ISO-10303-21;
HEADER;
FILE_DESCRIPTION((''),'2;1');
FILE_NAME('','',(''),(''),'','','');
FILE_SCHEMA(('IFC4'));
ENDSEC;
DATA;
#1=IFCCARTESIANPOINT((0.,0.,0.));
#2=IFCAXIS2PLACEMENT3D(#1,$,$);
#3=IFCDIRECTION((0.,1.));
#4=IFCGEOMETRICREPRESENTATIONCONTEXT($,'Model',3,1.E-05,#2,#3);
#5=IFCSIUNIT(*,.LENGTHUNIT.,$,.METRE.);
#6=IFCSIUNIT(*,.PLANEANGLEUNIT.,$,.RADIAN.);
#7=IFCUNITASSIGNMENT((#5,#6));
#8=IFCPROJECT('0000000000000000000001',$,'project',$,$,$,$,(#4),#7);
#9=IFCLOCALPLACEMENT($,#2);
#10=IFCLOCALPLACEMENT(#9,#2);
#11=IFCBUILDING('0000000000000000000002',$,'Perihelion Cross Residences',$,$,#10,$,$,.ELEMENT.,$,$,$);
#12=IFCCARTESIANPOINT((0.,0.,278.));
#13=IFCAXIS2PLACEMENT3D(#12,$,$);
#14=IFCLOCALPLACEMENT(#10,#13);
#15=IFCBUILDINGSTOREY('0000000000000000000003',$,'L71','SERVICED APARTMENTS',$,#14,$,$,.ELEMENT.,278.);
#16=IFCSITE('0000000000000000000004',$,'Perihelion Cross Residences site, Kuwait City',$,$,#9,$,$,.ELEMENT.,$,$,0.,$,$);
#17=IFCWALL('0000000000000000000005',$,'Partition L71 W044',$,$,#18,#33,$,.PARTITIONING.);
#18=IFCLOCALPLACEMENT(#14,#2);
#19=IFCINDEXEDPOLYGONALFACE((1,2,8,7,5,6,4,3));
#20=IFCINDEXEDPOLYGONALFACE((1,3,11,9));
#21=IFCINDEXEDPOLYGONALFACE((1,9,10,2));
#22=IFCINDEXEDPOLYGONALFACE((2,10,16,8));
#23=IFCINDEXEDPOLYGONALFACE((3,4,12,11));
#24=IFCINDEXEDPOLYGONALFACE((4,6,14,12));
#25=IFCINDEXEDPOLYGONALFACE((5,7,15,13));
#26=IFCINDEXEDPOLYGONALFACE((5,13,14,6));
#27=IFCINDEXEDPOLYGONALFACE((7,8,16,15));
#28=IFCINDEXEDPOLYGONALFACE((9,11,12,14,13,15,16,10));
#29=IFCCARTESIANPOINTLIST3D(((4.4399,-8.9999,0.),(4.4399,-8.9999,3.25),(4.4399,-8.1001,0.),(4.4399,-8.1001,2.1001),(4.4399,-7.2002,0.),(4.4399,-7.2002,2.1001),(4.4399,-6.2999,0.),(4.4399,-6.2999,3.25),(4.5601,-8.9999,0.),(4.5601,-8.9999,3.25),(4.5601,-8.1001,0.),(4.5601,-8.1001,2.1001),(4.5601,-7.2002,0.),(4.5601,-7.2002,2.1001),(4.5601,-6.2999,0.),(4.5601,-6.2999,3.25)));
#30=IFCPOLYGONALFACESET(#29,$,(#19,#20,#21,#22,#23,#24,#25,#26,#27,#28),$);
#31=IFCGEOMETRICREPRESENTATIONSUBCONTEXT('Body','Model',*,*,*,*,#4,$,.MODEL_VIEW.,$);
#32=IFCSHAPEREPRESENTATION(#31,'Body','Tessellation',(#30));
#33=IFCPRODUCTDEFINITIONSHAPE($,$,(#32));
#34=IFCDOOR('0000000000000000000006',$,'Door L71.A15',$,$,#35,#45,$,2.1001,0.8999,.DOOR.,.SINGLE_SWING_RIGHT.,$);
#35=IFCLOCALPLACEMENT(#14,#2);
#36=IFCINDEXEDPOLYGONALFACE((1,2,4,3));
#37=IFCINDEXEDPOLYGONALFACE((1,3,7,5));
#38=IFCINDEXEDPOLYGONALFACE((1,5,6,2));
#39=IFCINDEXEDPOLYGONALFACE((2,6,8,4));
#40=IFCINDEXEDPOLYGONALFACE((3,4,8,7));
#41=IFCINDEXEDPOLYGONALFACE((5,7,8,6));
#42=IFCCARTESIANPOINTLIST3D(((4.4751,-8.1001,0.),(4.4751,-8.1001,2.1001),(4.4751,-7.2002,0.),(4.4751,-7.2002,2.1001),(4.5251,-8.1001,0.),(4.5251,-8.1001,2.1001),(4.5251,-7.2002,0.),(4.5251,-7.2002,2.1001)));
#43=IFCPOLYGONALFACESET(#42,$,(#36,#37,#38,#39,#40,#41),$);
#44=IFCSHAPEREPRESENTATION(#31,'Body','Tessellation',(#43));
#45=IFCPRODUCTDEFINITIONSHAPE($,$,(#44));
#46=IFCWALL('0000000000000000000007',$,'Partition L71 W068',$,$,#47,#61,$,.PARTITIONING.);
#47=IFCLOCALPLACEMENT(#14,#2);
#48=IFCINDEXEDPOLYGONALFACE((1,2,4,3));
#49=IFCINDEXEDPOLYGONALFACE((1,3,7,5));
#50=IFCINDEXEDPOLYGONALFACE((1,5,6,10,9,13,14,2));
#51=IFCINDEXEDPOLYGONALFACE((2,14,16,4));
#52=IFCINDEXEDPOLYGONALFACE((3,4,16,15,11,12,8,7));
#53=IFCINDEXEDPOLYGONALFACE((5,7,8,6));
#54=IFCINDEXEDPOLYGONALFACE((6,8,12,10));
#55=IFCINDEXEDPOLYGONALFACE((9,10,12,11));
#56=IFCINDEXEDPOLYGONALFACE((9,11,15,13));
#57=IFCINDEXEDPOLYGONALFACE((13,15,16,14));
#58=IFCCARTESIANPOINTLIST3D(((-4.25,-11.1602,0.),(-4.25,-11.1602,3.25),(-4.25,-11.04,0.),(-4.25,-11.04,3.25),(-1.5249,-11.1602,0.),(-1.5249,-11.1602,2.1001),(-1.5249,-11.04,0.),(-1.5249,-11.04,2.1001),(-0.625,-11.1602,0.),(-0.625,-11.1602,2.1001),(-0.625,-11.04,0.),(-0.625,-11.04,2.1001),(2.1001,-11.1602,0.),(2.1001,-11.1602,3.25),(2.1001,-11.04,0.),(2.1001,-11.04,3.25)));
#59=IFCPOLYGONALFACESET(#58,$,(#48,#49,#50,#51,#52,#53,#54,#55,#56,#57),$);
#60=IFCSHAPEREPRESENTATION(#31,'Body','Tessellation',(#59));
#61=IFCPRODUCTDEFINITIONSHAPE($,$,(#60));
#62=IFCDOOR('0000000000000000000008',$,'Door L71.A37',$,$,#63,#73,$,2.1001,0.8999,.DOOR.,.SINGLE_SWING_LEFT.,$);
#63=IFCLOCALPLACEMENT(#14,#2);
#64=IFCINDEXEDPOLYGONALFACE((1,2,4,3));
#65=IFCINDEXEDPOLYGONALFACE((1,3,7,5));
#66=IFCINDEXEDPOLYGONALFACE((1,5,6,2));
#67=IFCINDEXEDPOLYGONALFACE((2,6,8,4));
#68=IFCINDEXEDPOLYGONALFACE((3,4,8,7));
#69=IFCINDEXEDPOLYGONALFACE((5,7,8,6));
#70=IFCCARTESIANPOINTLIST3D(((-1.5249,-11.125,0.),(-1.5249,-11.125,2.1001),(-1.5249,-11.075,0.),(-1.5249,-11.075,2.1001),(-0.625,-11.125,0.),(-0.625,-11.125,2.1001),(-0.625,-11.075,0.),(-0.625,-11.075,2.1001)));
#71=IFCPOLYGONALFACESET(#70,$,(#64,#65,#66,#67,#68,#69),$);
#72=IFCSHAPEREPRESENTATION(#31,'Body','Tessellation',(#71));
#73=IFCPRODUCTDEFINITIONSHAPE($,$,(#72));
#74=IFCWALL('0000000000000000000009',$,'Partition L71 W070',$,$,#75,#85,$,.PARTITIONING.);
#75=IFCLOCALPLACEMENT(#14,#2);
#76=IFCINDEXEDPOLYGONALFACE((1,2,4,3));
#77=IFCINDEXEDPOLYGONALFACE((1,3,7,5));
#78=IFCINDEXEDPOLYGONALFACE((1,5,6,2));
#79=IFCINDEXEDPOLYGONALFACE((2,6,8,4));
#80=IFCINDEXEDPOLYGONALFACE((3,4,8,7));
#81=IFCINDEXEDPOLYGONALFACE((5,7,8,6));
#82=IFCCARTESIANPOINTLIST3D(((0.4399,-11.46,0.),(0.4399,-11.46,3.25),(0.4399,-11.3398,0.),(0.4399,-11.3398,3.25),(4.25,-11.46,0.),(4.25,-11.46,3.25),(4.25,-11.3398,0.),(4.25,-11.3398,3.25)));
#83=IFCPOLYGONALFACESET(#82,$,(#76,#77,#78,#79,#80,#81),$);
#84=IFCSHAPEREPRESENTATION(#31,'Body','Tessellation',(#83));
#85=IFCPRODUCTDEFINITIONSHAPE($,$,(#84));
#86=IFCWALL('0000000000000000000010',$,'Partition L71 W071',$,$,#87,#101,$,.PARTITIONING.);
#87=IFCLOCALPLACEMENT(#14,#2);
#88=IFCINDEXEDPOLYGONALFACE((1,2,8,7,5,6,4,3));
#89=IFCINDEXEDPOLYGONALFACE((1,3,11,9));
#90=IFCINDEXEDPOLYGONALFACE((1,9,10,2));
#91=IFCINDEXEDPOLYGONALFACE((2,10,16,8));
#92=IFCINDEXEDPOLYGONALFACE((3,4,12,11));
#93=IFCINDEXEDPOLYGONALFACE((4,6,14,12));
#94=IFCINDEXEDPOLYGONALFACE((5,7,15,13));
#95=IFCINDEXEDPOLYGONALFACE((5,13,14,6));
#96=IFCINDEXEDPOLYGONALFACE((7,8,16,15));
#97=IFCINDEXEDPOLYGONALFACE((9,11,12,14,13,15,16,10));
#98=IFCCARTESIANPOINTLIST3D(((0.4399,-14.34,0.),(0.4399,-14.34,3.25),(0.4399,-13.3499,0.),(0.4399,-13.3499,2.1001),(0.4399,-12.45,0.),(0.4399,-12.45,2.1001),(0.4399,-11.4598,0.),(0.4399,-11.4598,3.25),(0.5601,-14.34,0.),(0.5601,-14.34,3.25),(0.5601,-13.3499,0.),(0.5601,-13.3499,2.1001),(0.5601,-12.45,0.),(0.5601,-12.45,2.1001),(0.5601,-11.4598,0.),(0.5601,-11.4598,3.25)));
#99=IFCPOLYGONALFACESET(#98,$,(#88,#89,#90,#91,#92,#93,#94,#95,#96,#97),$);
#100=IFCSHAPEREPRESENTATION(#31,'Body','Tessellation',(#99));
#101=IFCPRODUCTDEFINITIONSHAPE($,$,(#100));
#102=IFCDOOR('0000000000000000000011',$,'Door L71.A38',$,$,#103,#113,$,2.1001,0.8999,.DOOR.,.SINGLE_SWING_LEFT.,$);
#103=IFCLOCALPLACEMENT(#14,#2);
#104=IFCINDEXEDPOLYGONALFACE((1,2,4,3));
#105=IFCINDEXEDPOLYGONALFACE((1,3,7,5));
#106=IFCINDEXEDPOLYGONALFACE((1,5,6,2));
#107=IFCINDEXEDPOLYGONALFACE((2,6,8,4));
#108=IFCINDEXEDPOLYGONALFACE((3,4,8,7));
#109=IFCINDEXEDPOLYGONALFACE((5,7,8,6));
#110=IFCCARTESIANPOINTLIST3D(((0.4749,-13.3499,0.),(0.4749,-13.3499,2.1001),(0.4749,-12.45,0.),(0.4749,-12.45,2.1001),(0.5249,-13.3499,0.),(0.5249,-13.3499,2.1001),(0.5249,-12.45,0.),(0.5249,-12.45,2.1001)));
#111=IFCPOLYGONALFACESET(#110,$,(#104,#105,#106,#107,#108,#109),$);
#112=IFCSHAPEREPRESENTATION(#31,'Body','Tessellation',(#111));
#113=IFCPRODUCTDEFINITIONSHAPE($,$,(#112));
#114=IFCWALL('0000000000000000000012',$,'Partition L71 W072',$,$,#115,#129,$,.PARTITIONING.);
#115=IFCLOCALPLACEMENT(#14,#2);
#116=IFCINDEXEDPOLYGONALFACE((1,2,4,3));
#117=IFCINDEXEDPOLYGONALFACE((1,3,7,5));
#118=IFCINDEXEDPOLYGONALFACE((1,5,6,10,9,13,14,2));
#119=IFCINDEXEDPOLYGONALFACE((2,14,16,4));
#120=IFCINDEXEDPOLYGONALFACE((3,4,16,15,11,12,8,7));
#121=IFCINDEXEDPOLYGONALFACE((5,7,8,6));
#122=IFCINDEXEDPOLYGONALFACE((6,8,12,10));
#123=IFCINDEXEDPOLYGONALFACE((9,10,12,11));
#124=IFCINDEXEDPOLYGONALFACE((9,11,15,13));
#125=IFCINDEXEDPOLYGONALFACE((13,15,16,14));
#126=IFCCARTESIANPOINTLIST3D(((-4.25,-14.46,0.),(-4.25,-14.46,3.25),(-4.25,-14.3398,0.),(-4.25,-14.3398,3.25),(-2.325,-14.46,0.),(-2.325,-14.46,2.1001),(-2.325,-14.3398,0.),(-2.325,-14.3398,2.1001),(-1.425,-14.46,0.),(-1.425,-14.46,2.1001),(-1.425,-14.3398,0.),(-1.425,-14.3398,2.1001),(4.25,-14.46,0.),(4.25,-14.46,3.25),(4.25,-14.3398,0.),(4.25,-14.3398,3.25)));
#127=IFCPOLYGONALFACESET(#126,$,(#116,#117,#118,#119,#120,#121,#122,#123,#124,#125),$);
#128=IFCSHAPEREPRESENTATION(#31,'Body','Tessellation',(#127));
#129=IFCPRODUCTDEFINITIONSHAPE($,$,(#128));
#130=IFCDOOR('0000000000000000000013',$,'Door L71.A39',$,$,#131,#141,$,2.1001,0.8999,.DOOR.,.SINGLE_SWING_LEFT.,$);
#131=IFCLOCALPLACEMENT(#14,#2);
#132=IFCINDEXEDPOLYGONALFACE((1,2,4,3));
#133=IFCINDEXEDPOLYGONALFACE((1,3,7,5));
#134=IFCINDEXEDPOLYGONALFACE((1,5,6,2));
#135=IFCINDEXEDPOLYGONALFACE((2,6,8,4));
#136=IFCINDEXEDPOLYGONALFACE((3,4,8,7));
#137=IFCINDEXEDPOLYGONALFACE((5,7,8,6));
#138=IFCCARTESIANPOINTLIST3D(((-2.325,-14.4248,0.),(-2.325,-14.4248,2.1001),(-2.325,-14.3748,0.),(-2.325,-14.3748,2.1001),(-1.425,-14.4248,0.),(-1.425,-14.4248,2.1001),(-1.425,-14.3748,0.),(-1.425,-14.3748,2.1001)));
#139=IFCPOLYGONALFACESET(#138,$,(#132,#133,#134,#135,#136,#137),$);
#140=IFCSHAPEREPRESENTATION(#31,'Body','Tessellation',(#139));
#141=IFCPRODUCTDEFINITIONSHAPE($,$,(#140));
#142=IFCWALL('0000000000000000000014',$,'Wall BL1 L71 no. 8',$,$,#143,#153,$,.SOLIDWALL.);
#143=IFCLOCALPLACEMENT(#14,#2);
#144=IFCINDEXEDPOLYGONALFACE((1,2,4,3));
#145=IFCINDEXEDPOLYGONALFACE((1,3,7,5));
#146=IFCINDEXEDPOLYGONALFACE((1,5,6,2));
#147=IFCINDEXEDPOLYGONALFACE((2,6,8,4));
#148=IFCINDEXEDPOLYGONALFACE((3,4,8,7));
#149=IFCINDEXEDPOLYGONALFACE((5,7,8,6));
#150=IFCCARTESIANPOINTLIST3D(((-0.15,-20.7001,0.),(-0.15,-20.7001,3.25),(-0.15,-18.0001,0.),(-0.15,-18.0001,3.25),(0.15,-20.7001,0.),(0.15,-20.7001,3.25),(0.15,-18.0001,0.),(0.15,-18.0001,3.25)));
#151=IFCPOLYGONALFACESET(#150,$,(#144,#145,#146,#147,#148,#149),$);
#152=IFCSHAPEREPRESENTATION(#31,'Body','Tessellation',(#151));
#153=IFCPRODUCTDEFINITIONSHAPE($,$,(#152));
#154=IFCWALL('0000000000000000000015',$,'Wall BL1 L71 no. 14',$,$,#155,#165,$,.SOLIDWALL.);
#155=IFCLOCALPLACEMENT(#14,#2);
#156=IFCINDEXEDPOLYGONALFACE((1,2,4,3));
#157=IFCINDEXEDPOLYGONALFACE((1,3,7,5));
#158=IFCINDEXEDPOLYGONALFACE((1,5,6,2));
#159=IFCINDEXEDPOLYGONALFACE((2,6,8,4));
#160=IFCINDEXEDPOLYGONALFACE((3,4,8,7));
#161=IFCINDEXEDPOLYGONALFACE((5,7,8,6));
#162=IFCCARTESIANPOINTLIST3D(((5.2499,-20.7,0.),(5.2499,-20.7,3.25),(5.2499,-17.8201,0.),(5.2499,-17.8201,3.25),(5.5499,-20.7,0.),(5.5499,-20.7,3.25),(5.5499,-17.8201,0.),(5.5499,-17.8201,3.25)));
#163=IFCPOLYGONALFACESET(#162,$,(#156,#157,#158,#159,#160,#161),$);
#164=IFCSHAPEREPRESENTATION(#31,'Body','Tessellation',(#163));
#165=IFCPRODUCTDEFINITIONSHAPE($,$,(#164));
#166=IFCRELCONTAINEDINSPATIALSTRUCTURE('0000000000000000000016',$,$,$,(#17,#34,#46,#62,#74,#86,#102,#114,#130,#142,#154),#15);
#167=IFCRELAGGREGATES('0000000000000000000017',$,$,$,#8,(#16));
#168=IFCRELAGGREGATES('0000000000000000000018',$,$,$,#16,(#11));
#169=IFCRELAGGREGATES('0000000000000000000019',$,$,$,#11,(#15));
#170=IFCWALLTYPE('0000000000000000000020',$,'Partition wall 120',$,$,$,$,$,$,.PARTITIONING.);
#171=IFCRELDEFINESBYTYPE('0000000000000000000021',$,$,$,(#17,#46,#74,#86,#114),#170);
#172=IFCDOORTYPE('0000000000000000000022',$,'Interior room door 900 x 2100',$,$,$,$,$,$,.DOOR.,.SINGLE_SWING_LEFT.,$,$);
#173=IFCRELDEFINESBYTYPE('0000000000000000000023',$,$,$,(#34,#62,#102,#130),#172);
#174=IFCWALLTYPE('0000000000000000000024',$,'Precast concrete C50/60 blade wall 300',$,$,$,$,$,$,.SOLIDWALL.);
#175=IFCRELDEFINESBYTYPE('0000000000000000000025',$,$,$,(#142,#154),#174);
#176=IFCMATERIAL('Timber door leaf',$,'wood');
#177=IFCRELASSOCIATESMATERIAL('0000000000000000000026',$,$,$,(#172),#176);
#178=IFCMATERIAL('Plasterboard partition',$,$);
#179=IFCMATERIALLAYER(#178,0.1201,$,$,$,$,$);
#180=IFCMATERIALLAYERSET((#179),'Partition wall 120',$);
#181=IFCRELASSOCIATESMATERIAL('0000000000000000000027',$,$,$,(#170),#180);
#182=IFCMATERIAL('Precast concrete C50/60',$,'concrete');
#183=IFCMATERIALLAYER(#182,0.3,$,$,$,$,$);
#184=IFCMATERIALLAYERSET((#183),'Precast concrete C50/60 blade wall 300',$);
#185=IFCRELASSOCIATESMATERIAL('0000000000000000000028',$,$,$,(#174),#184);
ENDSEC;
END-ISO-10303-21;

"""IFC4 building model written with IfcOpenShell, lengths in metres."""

from ifc_helpers import new_model, si_unit, direction, frame, frame_2d, origin, place, context, subcontext, project, spatial, rectangle, extrude, material, layer, layer_set, type_object, element, fill, save


model = new_model("IFC4")

# Units and contexts
model_context = context("Model", 3, precision=1e-05, world=origin(), true_north=direction((0.0, 1.0)))
body_context = subcontext(model_context, "Body", "Model", "MODEL_VIEW")
ifc_project = project(units=[si_unit("LENGTHUNIT", "METRE"), si_unit("PLANEANGLEUNIT", "RADIAN")], contexts=[model_context])

# Site, building, storey
site_placement = place(None, origin())
site = spatial("IfcSite", under=ifc_project, at=site_placement, Name="Perihelion Cross Residences site, Kuwait City", CompositionType="ELEMENT", RefElevation=0.0)
building_placement = place(site_placement, origin())
building = spatial("IfcBuilding", under=site, at=building_placement, Name="Perihelion Cross Residences", CompositionType="ELEMENT")
storey_placement = place(building_placement, frame((0.0, 0.0, 278.0)))
storey = spatial("IfcBuildingStorey", under=building, at=storey_placement, Name="L71", Description="SERVICED APARTMENTS", CompositionType="ELEMENT", Elevation=278.0)

# Walls, openings, doors
ifc_material_1 = material(Name="Timber door leaf", Category="wood")
door_type_1 = type_object("IfcDoorType", Name="Interior room door 900 x 2100", OperationType="SINGLE_SWING_LEFT", PredefinedType="DOOR", material=ifc_material_1)
ifc_material_2 = material(Name="Plasterboard partition")
ifc_layer_1 = layer(ifc_material_2, 0.1201)
ifc_layer_set_1 = layer_set([ifc_layer_1], Name="Partition wall 120")
wall_type_1 = type_object("IfcWallType", Name="Partition wall 120", PredefinedType="PARTITIONING", material=ifc_layer_set_1)
wall_1_placement = place(storey_placement, frame((4.5, -9.0, 0.0), z_axis=(0.0, 0.0, 1.0), x_axis=(0.0, 1.0, 0.0)))
wall_1 = element("IfcWall", 1, at=wall_1_placement, inside=storey, type_object=wall_type_1, Name="Partition L71 W044", PredefinedType="PARTITIONING", context=body_context, shape_type="SweptSolid", body=[
    extrude(rectangle(XDim=2.7, YDim=0.1201, at=frame_2d((1.3501, 0.0))), origin(), (0.0, 0.0, 1.0), 3.25),
])
opening_1_placement = place(wall_1_placement, frame((0.8999, 0.0, 0.0)))
opening_1 = element("IfcOpeningElement", 2, at=opening_1_placement, cuts=wall_1, PredefinedType="OPENING", context=body_context, shape_type="SweptSolid", body=[
    extrude(rectangle(XDim=0.8999, YDim=2.1001, at=frame_2d((0.45, 1.05))), frame((0.0, 0.0701, 0.0), z_axis=(0.0, -1.0, 0.0), x_axis=(1.0, 0.0, 0.0)), (0.0, 0.0, 1.0), 0.1401),
])
door_1_placement = place(opening_1_placement, origin())
door_1 = element("IfcDoor", 3, at=door_1_placement, inside=storey, type_object=door_type_1, Name="Door L71.A15", OperationType="SINGLE_SWING_RIGHT", OverallHeight=2.1001, OverallWidth=0.8999, PredefinedType="DOOR", context=body_context, shape_type="SweptSolid", body=[
    extrude(rectangle(XDim=0.8999, YDim=2.1001, at=frame_2d((0.45, 1.05))), frame((0.0, 0.0249, 0.0), z_axis=(0.0, -1.0, 0.0), x_axis=(1.0, 0.0, 0.0)), (0.0, 0.0, 1.0), 0.05),
])
fill(opening_1, door_1)
wall_2_placement = place(storey_placement, frame((2.1001, -11.1001, 0.0), z_axis=(0.0, 0.0, 1.0), x_axis=(-1.0, 0.0, 0.0)))
wall_2 = element("IfcWall", 4, at=wall_2_placement, inside=storey, type_object=wall_type_1, Name="Partition L71 W068", PredefinedType="PARTITIONING", context=body_context, shape_type="SweptSolid", body=[
    extrude(rectangle(XDim=6.3501, YDim=0.1201, at=frame_2d((3.175, 0.0))), origin(), (0.0, 0.0, 1.0), 3.25),
])
opening_2_placement = place(wall_2_placement, frame((2.7251, 0.0, 0.0)))
opening_2 = element("IfcOpeningElement", 5, at=opening_2_placement, cuts=wall_2, PredefinedType="OPENING", context=body_context, shape_type="SweptSolid", body=[
    extrude(rectangle(XDim=0.8999, YDim=2.1001, at=frame_2d((0.45, 1.05))), frame((0.0, 0.0701, 0.0), z_axis=(0.0, -1.0, 0.0), x_axis=(1.0, 0.0, 0.0)), (0.0, 0.0, 1.0), 0.1401),
])
door_2_placement = place(opening_2_placement, origin())
door_2 = element("IfcDoor", 6, at=door_2_placement, inside=storey, type_object=door_type_1, Name="Door L71.A37", OperationType="SINGLE_SWING_LEFT", OverallHeight=2.1001, OverallWidth=0.8999, PredefinedType="DOOR", context=body_context, shape_type="SweptSolid", body=[
    extrude(rectangle(XDim=0.8999, YDim=2.1001, at=frame_2d((0.45, 1.05))), frame((0.0, 0.0249, 0.0), z_axis=(0.0, -1.0, 0.0), x_axis=(1.0, 0.0, 0.0)), (0.0, 0.0, 1.0), 0.05),
])
fill(opening_2, door_2)

# Wall
wall_3_placement = place(storey_placement, frame((4.25, -11.3999, 0.0), z_axis=(0.0, 0.0, 1.0), x_axis=(-1.0, 0.0, 0.0)))
element("IfcWall", 7, at=wall_3_placement, inside=storey, type_object=wall_type_1, Name="Partition L71 W070", PredefinedType="PARTITIONING", context=body_context, shape_type="SweptSolid", body=[
    extrude(rectangle(XDim=3.8101, YDim=0.1201, at=frame_2d((1.905, 0.0))), origin(), (0.0, 0.0, 1.0), 3.25),
])

# Walls, openings, doors
wall_4_placement = place(storey_placement, frame((0.5, -11.46, 0.0), z_axis=(0.0, 0.0, 1.0), x_axis=(0.0, -1.0, 0.0)))
wall_4 = element("IfcWall", 8, at=wall_4_placement, inside=storey, type_object=wall_type_1, Name="Partition L71 W071", PredefinedType="PARTITIONING", context=body_context, shape_type="SweptSolid", body=[
    extrude(rectangle(XDim=2.8801, YDim=0.1201, at=frame_2d((1.4399, 0.0))), origin(), (0.0, 0.0, 1.0), 3.25),
])
opening_3_placement = place(wall_4_placement, frame((0.99, 0.0, 0.0)))
opening_3 = element("IfcOpeningElement", 9, at=opening_3_placement, cuts=wall_4, PredefinedType="OPENING", context=body_context, shape_type="SweptSolid", body=[
    extrude(rectangle(XDim=0.8999, YDim=2.1001, at=frame_2d((0.45, 1.05))), frame((0.0, 0.0701, 0.0), z_axis=(0.0, -1.0, 0.0), x_axis=(1.0, 0.0, 0.0)), (0.0, 0.0, 1.0), 0.1401),
])
door_3_placement = place(opening_3_placement, origin())
door_3 = element("IfcDoor", 10, at=door_3_placement, inside=storey, type_object=door_type_1, Name="Door L71.A38", OperationType="SINGLE_SWING_LEFT", OverallHeight=2.1001, OverallWidth=0.8999, PredefinedType="DOOR", context=body_context, shape_type="SweptSolid", body=[
    extrude(rectangle(XDim=0.8999, YDim=2.1001, at=frame_2d((0.45, 1.05))), frame((0.0, 0.0249, 0.0), z_axis=(0.0, -1.0, 0.0), x_axis=(1.0, 0.0, 0.0)), (0.0, 0.0, 1.0), 0.05),
])
fill(opening_3, door_3)
wall_5_placement = place(storey_placement, frame((4.25, -14.3999, 0.0), z_axis=(0.0, 0.0, 1.0), x_axis=(-1.0, 0.0, 0.0)))
wall_5 = element("IfcWall", 11, at=wall_5_placement, inside=storey, type_object=wall_type_1, Name="Partition L71 W072", PredefinedType="PARTITIONING", context=body_context, shape_type="SweptSolid", body=[
    extrude(rectangle(XDim=8.5, YDim=0.1201, at=frame_2d((4.25, 0.0))), origin(), (0.0, 0.0, 1.0), 3.25),
])
opening_4_placement = place(wall_5_placement, frame((5.675, 0.0, 0.0)))
opening_4 = element("IfcOpeningElement", 12, at=opening_4_placement, cuts=wall_5, PredefinedType="OPENING", context=body_context, shape_type="SweptSolid", body=[
    extrude(rectangle(XDim=0.8999, YDim=2.1001, at=frame_2d((0.45, 1.05))), frame((0.0, 0.0701, 0.0), z_axis=(0.0, -1.0, 0.0), x_axis=(1.0, 0.0, 0.0)), (0.0, 0.0, 1.0), 0.1401),
])
door_4_placement = place(opening_4_placement, origin())
door_4 = element("IfcDoor", 13, at=door_4_placement, inside=storey, type_object=door_type_1, Name="Door L71.A39", OperationType="SINGLE_SWING_LEFT", OverallHeight=2.1001, OverallWidth=0.8999, PredefinedType="DOOR", context=body_context, shape_type="SweptSolid", body=[
    extrude(rectangle(XDim=0.8999, YDim=2.1001, at=frame_2d((0.45, 1.05))), frame((0.0, 0.0249, 0.0), z_axis=(0.0, -1.0, 0.0), x_axis=(1.0, 0.0, 0.0)), (0.0, 0.0, 1.0), 0.05),
])
fill(opening_4, door_4)

# Walls
ifc_material_3 = material(Name="Precast concrete C50/60", Category="concrete")
ifc_layer_2 = layer(ifc_material_3, 0.3)
ifc_layer_set_2 = layer_set([ifc_layer_2], Name="Precast concrete C50/60 blade wall 300")
wall_type_2 = type_object("IfcWallType", Name="Precast concrete C50/60 blade wall 300", PredefinedType="SOLIDWALL", material=ifc_layer_set_2)
wall_6_placement = place(storey_placement, frame((0.0, -18.0, 0.0), z_axis=(0.0, 0.0, 1.0), x_axis=(0.0, -1.0, 0.0)))
element("IfcWall", 14, at=wall_6_placement, inside=storey, type_object=wall_type_2, Name="Wall BL1 L71 no. 8", PredefinedType="SOLIDWALL", context=body_context, shape_type="SweptSolid", body=[
    extrude(rectangle(XDim=2.7, YDim=0.3, at=frame_2d((1.3501, 0.0))), origin(), (0.0, 0.0, 1.0), 3.25),
])
wall_7_placement = place(storey_placement, frame((5.3999, -17.8201, 0.0), z_axis=(0.0, 0.0, 1.0), x_axis=(0.0, -1.0, 0.0)))
element("IfcWall", 15, at=wall_7_placement, inside=storey, type_object=wall_type_2, Name="Wall BL1 L71 no. 14", PredefinedType="SOLIDWALL", context=body_context, shape_type="SweptSolid", body=[
    extrude(rectangle(XDim=2.8799, YDim=0.3, at=frame_2d((1.4399, 0.0))), origin(), (0.0, 0.0, 1.0), 3.25),
])

save(model, "model.ifc")
